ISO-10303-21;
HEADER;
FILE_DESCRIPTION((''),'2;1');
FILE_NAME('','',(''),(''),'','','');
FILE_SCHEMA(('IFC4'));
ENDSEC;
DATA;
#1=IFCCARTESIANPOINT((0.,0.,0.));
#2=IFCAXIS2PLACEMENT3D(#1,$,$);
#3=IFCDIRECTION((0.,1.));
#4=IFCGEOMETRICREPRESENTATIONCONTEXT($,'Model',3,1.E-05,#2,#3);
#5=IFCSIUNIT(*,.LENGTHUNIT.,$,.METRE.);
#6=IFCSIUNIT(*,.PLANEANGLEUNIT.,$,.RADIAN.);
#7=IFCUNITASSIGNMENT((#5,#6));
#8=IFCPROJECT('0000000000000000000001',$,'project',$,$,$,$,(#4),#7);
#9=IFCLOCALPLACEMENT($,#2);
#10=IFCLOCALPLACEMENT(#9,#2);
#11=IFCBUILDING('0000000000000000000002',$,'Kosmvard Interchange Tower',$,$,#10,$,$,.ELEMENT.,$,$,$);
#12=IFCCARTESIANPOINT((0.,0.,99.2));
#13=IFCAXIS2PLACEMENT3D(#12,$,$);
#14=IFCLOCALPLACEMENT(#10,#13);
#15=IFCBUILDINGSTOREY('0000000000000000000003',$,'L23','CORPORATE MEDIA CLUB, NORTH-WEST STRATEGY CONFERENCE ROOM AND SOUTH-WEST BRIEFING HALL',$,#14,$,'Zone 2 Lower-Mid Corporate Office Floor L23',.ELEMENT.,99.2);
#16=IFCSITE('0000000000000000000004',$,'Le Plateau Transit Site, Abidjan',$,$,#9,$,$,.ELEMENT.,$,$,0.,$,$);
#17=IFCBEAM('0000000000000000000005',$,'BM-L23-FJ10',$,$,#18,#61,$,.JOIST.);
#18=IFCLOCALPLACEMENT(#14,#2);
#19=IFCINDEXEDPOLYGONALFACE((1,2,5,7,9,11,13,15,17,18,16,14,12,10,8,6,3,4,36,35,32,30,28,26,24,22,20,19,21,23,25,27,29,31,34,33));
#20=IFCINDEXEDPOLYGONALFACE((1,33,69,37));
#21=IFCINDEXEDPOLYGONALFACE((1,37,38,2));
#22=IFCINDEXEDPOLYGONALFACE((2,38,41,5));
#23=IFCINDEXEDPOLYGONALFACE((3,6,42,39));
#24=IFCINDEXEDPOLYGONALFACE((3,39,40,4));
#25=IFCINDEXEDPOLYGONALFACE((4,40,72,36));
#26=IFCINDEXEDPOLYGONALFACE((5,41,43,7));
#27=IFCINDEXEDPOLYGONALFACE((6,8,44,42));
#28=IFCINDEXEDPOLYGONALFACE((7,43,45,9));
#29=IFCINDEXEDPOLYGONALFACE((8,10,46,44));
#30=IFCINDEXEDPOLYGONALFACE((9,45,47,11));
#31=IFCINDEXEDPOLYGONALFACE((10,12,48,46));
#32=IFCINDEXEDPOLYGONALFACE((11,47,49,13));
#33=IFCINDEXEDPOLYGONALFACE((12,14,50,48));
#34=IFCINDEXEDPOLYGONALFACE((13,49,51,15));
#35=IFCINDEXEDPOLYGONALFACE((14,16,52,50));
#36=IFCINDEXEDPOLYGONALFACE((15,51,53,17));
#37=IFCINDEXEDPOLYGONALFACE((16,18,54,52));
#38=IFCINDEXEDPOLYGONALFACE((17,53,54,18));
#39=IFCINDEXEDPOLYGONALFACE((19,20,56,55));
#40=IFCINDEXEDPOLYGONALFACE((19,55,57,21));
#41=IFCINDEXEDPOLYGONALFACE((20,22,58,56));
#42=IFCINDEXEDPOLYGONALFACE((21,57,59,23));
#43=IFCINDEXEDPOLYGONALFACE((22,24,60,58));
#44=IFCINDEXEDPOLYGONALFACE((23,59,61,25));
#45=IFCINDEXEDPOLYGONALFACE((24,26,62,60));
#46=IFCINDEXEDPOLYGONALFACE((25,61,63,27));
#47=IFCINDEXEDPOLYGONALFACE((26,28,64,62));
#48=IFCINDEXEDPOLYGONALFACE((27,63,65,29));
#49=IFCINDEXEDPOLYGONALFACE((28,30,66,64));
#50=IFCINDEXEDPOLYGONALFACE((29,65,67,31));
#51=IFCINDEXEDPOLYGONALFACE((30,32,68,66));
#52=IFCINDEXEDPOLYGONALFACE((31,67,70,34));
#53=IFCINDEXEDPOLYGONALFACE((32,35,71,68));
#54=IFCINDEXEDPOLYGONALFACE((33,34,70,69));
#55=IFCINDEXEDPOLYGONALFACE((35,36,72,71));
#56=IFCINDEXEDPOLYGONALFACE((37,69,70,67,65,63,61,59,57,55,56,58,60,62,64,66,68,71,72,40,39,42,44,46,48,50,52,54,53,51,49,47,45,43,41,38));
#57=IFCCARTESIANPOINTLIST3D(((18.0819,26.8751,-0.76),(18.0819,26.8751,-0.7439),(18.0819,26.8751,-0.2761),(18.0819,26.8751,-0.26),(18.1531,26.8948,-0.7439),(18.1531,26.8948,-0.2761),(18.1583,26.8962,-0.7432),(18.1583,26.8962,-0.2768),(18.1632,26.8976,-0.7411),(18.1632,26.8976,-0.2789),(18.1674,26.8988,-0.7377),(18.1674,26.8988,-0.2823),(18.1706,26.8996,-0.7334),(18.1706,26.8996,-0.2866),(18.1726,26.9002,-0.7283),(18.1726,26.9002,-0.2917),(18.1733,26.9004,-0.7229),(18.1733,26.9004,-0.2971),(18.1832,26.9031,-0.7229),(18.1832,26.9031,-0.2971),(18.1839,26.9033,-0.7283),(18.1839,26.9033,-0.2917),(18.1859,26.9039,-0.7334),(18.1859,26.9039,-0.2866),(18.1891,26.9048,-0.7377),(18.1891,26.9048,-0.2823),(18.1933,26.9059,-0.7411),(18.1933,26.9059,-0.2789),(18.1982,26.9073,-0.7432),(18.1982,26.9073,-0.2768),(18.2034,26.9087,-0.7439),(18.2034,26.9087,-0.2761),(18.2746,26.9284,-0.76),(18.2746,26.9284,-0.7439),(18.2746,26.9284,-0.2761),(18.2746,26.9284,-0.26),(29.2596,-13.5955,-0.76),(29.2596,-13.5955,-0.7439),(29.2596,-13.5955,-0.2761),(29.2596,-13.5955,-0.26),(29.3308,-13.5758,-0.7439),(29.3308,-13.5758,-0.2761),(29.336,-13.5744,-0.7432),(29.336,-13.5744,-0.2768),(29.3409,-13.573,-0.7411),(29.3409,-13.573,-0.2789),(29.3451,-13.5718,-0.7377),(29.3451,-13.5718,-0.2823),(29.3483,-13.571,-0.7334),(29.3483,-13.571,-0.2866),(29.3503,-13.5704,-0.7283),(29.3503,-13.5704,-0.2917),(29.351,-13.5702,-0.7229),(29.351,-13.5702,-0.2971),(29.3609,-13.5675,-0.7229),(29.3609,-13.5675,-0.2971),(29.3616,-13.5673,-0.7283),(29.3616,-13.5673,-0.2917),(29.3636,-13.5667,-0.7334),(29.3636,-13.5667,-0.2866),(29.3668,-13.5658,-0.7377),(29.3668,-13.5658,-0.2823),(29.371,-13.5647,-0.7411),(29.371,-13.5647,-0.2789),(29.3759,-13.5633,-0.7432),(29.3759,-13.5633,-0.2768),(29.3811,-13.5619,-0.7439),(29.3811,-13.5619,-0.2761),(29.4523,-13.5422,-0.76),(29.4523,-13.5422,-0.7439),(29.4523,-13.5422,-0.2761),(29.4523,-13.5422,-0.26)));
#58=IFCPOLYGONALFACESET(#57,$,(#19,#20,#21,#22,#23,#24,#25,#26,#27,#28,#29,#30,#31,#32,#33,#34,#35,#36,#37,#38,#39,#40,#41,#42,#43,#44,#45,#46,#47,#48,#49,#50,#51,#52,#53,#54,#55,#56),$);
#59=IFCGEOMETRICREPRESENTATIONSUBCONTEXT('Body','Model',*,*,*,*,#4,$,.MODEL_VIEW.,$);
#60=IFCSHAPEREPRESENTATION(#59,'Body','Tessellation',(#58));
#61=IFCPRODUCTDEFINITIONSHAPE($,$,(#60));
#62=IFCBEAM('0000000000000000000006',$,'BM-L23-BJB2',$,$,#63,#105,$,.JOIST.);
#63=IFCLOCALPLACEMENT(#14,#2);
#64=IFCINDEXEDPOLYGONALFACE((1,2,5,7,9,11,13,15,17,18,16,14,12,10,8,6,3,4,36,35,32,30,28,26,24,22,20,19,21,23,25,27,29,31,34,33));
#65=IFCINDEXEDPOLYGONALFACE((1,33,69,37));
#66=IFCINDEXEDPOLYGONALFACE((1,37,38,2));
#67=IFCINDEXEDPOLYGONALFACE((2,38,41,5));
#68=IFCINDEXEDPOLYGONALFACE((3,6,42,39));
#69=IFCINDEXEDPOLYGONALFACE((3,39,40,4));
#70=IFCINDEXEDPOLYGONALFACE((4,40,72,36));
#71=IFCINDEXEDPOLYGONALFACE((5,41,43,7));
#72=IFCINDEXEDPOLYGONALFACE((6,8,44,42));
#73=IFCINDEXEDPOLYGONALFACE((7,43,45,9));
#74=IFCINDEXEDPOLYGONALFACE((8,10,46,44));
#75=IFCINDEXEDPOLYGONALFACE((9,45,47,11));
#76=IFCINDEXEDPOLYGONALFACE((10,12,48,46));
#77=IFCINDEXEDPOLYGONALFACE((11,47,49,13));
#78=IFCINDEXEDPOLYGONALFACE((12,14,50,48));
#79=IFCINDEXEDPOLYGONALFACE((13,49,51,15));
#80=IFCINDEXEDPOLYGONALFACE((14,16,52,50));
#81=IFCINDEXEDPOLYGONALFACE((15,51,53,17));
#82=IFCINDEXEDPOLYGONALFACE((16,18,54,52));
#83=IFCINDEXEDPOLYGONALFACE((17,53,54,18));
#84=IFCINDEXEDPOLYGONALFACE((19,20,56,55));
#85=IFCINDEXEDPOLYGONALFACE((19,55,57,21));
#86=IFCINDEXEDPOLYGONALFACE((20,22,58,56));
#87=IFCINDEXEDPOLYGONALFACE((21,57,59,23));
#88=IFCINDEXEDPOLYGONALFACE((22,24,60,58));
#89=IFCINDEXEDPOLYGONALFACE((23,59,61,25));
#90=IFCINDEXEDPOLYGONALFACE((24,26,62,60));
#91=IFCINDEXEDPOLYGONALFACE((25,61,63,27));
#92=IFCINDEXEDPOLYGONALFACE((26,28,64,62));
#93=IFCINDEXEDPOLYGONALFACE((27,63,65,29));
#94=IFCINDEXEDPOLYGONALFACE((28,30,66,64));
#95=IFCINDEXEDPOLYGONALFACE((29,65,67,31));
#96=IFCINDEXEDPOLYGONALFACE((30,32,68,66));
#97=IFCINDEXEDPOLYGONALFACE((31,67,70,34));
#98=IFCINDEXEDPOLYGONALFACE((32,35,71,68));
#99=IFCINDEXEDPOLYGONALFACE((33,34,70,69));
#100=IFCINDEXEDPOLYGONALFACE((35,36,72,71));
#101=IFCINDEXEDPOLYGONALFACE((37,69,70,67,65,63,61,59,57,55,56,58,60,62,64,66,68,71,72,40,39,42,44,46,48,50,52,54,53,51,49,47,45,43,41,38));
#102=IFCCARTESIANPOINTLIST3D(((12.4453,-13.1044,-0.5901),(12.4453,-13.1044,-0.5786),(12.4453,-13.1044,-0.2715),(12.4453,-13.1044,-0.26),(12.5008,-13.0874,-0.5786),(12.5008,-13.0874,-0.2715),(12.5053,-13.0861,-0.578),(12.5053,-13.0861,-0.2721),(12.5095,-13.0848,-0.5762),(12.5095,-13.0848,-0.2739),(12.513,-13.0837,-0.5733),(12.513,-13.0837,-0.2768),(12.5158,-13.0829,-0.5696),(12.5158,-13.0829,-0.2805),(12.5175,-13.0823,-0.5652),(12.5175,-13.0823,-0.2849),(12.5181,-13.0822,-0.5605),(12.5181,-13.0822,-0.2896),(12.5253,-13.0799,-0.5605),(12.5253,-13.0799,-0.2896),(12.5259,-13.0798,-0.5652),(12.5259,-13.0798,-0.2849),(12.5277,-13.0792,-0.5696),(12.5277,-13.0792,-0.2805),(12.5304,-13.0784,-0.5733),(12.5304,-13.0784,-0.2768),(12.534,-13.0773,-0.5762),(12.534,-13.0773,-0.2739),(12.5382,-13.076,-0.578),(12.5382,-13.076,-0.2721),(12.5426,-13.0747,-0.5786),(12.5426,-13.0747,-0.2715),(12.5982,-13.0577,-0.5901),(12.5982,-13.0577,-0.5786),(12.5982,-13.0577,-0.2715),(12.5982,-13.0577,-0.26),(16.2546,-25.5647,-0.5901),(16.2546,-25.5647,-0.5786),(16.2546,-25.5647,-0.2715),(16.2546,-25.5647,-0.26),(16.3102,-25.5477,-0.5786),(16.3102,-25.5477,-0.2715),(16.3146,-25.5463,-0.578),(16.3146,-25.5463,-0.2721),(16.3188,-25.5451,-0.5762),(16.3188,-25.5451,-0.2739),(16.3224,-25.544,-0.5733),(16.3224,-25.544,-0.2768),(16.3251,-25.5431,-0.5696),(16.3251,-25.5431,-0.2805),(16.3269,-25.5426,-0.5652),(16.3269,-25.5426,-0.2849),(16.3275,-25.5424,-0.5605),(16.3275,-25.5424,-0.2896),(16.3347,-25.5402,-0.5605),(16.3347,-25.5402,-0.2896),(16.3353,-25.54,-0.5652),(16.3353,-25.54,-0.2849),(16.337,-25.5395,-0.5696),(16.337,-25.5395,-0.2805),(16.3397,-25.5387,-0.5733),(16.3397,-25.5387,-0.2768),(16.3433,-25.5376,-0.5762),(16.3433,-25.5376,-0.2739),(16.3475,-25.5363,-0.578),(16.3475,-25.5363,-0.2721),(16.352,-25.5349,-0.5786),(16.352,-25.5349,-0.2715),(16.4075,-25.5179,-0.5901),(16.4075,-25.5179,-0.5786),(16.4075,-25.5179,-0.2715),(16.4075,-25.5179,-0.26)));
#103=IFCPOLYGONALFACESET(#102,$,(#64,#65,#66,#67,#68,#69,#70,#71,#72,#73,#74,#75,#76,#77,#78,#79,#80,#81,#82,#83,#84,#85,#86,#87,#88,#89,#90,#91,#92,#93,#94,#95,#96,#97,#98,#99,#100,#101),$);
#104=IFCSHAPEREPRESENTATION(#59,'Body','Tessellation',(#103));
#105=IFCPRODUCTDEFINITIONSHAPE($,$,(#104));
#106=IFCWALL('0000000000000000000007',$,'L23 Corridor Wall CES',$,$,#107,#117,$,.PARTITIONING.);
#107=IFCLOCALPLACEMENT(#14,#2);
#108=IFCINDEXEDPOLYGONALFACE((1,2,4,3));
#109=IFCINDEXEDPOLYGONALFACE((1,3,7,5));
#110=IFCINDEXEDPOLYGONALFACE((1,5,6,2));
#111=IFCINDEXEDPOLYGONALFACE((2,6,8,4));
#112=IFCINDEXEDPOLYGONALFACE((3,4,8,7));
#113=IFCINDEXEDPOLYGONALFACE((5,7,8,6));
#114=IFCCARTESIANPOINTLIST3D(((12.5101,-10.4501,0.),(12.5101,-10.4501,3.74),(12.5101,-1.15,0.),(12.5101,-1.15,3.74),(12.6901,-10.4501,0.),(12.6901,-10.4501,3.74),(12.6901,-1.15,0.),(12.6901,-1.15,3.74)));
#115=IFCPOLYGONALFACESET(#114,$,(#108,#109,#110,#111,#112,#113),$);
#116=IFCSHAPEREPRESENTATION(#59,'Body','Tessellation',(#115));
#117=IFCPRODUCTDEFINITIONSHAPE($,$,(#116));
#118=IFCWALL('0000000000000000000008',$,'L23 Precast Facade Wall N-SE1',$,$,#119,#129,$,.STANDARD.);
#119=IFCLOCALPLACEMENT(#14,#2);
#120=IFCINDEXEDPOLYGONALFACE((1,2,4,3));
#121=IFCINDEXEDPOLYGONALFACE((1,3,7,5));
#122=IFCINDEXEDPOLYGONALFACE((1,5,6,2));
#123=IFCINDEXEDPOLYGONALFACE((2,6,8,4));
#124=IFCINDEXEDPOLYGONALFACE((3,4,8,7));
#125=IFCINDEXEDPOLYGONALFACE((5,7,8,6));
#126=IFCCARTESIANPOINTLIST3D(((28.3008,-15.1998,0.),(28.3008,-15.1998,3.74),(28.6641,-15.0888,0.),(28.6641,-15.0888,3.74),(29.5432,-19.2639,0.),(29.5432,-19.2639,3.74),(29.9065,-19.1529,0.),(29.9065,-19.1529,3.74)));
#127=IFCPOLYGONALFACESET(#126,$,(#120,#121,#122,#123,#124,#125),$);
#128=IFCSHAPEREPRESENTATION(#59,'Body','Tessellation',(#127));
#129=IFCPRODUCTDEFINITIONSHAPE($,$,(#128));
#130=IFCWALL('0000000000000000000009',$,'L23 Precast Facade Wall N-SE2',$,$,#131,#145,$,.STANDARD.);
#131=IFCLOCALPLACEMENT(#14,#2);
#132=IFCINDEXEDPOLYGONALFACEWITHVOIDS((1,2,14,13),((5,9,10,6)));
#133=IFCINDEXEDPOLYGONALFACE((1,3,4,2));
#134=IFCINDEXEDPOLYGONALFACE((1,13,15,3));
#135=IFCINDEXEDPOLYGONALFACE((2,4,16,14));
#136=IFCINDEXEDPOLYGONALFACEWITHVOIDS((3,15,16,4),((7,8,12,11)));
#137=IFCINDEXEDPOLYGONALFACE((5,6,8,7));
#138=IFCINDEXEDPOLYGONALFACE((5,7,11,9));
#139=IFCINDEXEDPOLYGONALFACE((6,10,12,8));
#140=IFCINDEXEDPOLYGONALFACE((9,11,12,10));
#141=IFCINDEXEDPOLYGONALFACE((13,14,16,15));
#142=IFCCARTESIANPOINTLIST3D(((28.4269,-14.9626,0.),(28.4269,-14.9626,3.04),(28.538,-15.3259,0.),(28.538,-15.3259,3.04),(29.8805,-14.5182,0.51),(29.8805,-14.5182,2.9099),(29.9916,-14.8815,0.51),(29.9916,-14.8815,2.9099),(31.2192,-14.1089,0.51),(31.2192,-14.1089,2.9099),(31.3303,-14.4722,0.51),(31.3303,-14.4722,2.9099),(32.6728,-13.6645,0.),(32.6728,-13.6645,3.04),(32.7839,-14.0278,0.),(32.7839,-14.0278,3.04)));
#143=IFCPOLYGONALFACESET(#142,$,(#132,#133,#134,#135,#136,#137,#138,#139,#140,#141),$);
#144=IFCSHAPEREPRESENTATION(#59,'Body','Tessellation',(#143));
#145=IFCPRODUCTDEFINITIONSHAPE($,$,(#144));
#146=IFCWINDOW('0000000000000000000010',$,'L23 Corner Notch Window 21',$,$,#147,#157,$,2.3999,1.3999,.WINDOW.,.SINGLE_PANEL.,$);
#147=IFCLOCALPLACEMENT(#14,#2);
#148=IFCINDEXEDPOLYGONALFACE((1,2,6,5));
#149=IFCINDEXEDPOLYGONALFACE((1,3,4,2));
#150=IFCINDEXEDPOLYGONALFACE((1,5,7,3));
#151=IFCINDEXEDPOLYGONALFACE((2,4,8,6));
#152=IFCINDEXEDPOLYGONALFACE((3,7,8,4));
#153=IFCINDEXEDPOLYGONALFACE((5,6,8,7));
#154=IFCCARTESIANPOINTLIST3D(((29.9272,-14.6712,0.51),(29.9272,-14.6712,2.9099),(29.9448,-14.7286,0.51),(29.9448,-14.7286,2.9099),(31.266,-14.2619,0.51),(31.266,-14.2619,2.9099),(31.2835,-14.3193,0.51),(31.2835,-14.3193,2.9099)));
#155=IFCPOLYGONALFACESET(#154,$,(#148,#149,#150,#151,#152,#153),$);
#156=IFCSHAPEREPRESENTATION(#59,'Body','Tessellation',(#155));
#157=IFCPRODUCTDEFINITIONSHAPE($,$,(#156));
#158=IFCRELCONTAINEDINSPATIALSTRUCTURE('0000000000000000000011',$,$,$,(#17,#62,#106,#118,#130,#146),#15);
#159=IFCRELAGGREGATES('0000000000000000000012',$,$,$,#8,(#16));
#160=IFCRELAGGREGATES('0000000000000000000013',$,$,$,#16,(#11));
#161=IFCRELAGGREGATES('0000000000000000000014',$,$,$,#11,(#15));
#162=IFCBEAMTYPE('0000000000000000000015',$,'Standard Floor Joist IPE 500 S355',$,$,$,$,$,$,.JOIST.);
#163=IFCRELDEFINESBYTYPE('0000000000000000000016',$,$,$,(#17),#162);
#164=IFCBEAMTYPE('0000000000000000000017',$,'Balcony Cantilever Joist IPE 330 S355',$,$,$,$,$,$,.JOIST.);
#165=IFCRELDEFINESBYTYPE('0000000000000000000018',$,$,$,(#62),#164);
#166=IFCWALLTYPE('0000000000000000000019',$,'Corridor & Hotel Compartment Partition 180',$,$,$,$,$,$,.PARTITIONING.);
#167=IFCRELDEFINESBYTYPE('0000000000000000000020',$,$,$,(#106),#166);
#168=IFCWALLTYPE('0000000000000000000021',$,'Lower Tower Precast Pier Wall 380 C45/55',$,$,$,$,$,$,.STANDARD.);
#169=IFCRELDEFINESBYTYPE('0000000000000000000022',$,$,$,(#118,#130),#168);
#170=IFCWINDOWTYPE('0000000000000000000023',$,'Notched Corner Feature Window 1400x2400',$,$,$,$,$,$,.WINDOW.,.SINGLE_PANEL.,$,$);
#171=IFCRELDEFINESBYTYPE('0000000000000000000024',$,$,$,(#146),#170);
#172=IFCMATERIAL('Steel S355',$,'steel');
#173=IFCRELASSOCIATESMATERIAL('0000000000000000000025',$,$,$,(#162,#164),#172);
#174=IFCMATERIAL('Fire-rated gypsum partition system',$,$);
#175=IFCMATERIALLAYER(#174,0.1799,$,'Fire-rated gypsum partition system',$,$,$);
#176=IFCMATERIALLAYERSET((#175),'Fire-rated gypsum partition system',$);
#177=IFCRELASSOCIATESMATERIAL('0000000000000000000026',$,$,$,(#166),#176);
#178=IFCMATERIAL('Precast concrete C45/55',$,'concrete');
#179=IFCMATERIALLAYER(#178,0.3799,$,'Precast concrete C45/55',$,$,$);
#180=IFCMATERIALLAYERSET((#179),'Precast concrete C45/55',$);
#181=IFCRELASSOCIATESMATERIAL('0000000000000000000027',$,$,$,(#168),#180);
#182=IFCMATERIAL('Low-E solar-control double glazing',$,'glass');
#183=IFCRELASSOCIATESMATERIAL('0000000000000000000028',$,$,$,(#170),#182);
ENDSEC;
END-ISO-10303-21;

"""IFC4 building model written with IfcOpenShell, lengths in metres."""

from ifc_helpers import new_model, si_unit, direction, frame, frame_2d, origin, origin_2d, place, context, subcontext, project, spatial, rectangle, i_section, extrude, source, transform, mapped, material, layer, layer_set, material_profile, profile_set, type_object, element, fill, save


model = new_model("IFC4")

# Units and contexts
model_context = context("Model", 3, precision=1e-05, world=origin(), true_north=direction((0.0, 1.0)))
body_context = subcontext(model_context, "Body", "Model", "MODEL_VIEW")
ifc_project = project(units=[si_unit("LENGTHUNIT", "METRE"), si_unit("PLANEANGLEUNIT", "RADIAN")], contexts=[model_context])

# Site, building, storey
site_placement = place(None, origin())
site = spatial("IfcSite", under=ifc_project, at=site_placement, Name="Le Plateau Transit Site, Abidjan", CompositionType="ELEMENT", RefElevation=0.0)
building_placement = place(site_placement, origin())
building = spatial("IfcBuilding", under=site, at=building_placement, Name="Kosmvard Interchange Tower", CompositionType="ELEMENT")
storey_placement = place(building_placement, frame((0.0, 0.0, 99.2)))
storey = spatial("IfcBuildingStorey", under=building, at=storey_placement, Name="L23", Description="CORPORATE MEDIA CLUB, NORTH-WEST STRATEGY CONFERENCE ROOM AND SOUTH-WEST BRIEFING HALL", LongName="Zone 2 Lower-Mid Corporate Office Floor L23", CompositionType="ELEMENT", Elevation=99.2)

# Beams
ifc_material_1 = material(Name="Steel S355", Category="steel")
ifc_material_2 = material(Name="Precast concrete C45/55", Category="concrete")
ifc_material_profile_1 = material_profile(ifc_material_1, i_section(OverallWidth=0.2, OverallDepth=0.5, WebThickness=0.0103, FlangeThickness=0.0161, FilletRadius=0.021, at=origin_2d()), Name="IPE 500")
ifc_profile_set_1 = profile_set([ifc_material_profile_1], Name="Steel S355")
beam_type_1 = type_object("IfcBeamType", Name="Standard Floor Joist IPE 500 S355", PredefinedType="JOIST", material=ifc_profile_set_1)
shared_shape_1 = source(origin(), body_context, "Body", "SweptSolid", [
    extrude(i_section(OverallWidth=0.2, OverallDepth=0.5, WebThickness=0.0103, FlangeThickness=0.0161, FilletRadius=0.021, at=origin_2d()), origin(), (0.0, 0.0, 1.0), 41.9858),
])
beam_1_placement = place(storey_placement, frame((29.356, -13.5688, -0.51), z_axis=(-0.266226, 0.963911, 0.0), x_axis=(-0.963911, -0.266226, 0.0)))
element("IfcBeam", 1, at=beam_1_placement, inside=storey, type_object=beam_type_1, Name="BM-L23-FJ10", PredefinedType="JOIST", context=body_context, shape_type="MappedRepresentation", body=[
    mapped(shared_shape_1, transform((0.0, 0.0, 0.0), scale=1.0)),
])
ifc_material_profile_2 = material_profile(ifc_material_1, i_section(OverallWidth=0.1599, OverallDepth=0.3301, WebThickness=0.0076, FlangeThickness=0.0115, FilletRadius=0.0181, at=origin_2d()), Name="IPE 330")
ifc_profile_set_2 = profile_set([ifc_material_profile_2], Name="Steel S355")
beam_type_2 = type_object("IfcBeamType", Name="Balcony Cantilever Joist IPE 330 S355", PredefinedType="JOIST", material=ifc_profile_set_2)
shared_shape_2 = source(origin(), body_context, "Body", "SweptSolid", [
    extrude(i_section(OverallWidth=0.1599, OverallDepth=0.3301, WebThickness=0.0076, FlangeThickness=0.0115, FilletRadius=0.0181, at=origin_2d()), origin(), (0.0, 0.0, 1.0), 13.0295),
])
beam_2_placement = place(storey_placement, frame((12.5217, -13.0811, -0.425), z_axis=(0.292362, -0.956308, 0.0), x_axis=(0.956308, 0.292362, 0.0)))
element("IfcBeam", 2, at=beam_2_placement, inside=storey, type_object=beam_type_2, Name="BM-L23-BJB2", PredefinedType="JOIST", context=body_context, shape_type="MappedRepresentation", body=[
    mapped(shared_shape_2, transform((0.0, 0.0, 0.0), scale=1.0)),
])

# Walls
ifc_material_3 = material(Name="Fire-rated gypsum partition system")
ifc_layer_1 = layer(ifc_material_3, 0.1799, Name="Fire-rated gypsum partition system")
ifc_layer_set_1 = layer_set([ifc_layer_1], Name="Fire-rated gypsum partition system")
wall_type_1 = type_object("IfcWallType", Name="Corridor & Hotel Compartment Partition 180", PredefinedType="PARTITIONING", material=ifc_layer_set_1)
wall_1_placement = place(storey_placement, frame((12.6001, -10.45, 0.0), z_axis=(0.0, 0.0, 1.0), x_axis=(0.0, 1.0, 0.0)))
element("IfcWall", 3, at=wall_1_placement, inside=storey, type_object=wall_type_1, Name="L23 Corridor Wall CES", PredefinedType="PARTITIONING", context=body_context, shape_type="SweptSolid", body=[
    extrude(rectangle(XDim=9.3, YDim=0.1799, at=frame_2d((4.6499, 0.0))), origin(), (0.0, 0.0, 1.0), 3.74),
])
ifc_layer_2 = layer(ifc_material_2, 0.3799, Name="Precast concrete C45/55")
ifc_layer_set_2 = layer_set([ifc_layer_2], Name="Precast concrete C45/55")
wall_type_2 = type_object("IfcWallType", Name="Lower Tower Precast Pier Wall 380 C45/55", PredefinedType="STANDARD", material=ifc_layer_set_2)
wall_2_placement = place(storey_placement, frame((29.7249, -19.2085, 0.0), z_axis=(0.0, 0.0, 1.0), x_axis=(-0.292346, 0.956313, 0.0)))
element("IfcWall", 4, at=wall_2_placement, inside=storey, type_object=wall_type_2, Name="L23 Precast Facade Wall N-SE1", PredefinedType="STANDARD", context=body_context, shape_type="SweptSolid", body=[
    extrude(rectangle(XDim=4.2498, YDim=0.3799, at=frame_2d((2.125, 0.0))), origin(), (0.0, 0.0, 1.0), 3.74),
])

# Wall, opening, window
wall_3_placement = place(storey_placement, frame((28.4824, -15.1443, 0.0), z_axis=(0.0, 0.0, 1.0), x_axis=(0.956304, 0.292374, 0.0)))
wall_3 = element("IfcWall", 5, at=wall_3_placement, inside=storey, type_object=wall_type_2, Name="L23 Precast Facade Wall N-SE2", PredefinedType="STANDARD", context=body_context, shape_type="SweptSolid", body=[
    extrude(rectangle(XDim=4.4399, YDim=0.3799, at=frame_2d((2.22, 0.0))), origin(), (0.0, 0.0, 1.0), 3.04),
])
opening_1_placement = place(wall_3_placement, frame((1.52, 0.0, 0.51)))
opening_1 = element("IfcOpeningElement", 6, at=opening_1_placement, cuts=wall_3, PredefinedType="OPENING", context=body_context, shape_type="SweptSolid", body=[
    extrude(rectangle(XDim=1.3999, YDim=2.3999, at=frame_2d((0.7, 1.2))), frame((0.0, 0.2, 0.0), z_axis=(0.0, -1.0, 0.0), x_axis=(1.0, 0.0, 0.0)), (0.0, 0.0, 1.0), 0.3999),
])
ifc_material_4 = material(Name="Low-E solar-control double glazing", Category="glass")
window_type_1 = type_object("IfcWindowType", Name="Notched Corner Feature Window 1400x2400", PartitioningType="SINGLE_PANEL", PredefinedType="WINDOW", material=ifc_material_4)
shared_shape_3 = source(origin(), body_context, "Body", "SweptSolid", [
    extrude(rectangle(XDim=1.3999, YDim=2.3999, at=frame_2d((0.7, 1.2))), frame((0.0, 0.03, 0.0), z_axis=(0.0, -1.0, 0.0), x_axis=(1.0, 0.0, 0.0)), (0.0, 0.0, 1.0), 0.0601),
])
window_1_placement = place(opening_1_placement, origin())
window_1 = element("IfcWindow", 7, at=window_1_placement, inside=storey, type_object=window_type_1, Name="L23 Corner Notch Window 21", OverallHeight=2.3999, OverallWidth=1.3999, PartitioningType="SINGLE_PANEL", PredefinedType="WINDOW", context=body_context, shape_type="MappedRepresentation", body=[
    mapped(shared_shape_3, transform((0.0, 0.0, 0.0), scale=1.0)),
])
fill(opening_1, window_1)

save(model, "model.ifc")
